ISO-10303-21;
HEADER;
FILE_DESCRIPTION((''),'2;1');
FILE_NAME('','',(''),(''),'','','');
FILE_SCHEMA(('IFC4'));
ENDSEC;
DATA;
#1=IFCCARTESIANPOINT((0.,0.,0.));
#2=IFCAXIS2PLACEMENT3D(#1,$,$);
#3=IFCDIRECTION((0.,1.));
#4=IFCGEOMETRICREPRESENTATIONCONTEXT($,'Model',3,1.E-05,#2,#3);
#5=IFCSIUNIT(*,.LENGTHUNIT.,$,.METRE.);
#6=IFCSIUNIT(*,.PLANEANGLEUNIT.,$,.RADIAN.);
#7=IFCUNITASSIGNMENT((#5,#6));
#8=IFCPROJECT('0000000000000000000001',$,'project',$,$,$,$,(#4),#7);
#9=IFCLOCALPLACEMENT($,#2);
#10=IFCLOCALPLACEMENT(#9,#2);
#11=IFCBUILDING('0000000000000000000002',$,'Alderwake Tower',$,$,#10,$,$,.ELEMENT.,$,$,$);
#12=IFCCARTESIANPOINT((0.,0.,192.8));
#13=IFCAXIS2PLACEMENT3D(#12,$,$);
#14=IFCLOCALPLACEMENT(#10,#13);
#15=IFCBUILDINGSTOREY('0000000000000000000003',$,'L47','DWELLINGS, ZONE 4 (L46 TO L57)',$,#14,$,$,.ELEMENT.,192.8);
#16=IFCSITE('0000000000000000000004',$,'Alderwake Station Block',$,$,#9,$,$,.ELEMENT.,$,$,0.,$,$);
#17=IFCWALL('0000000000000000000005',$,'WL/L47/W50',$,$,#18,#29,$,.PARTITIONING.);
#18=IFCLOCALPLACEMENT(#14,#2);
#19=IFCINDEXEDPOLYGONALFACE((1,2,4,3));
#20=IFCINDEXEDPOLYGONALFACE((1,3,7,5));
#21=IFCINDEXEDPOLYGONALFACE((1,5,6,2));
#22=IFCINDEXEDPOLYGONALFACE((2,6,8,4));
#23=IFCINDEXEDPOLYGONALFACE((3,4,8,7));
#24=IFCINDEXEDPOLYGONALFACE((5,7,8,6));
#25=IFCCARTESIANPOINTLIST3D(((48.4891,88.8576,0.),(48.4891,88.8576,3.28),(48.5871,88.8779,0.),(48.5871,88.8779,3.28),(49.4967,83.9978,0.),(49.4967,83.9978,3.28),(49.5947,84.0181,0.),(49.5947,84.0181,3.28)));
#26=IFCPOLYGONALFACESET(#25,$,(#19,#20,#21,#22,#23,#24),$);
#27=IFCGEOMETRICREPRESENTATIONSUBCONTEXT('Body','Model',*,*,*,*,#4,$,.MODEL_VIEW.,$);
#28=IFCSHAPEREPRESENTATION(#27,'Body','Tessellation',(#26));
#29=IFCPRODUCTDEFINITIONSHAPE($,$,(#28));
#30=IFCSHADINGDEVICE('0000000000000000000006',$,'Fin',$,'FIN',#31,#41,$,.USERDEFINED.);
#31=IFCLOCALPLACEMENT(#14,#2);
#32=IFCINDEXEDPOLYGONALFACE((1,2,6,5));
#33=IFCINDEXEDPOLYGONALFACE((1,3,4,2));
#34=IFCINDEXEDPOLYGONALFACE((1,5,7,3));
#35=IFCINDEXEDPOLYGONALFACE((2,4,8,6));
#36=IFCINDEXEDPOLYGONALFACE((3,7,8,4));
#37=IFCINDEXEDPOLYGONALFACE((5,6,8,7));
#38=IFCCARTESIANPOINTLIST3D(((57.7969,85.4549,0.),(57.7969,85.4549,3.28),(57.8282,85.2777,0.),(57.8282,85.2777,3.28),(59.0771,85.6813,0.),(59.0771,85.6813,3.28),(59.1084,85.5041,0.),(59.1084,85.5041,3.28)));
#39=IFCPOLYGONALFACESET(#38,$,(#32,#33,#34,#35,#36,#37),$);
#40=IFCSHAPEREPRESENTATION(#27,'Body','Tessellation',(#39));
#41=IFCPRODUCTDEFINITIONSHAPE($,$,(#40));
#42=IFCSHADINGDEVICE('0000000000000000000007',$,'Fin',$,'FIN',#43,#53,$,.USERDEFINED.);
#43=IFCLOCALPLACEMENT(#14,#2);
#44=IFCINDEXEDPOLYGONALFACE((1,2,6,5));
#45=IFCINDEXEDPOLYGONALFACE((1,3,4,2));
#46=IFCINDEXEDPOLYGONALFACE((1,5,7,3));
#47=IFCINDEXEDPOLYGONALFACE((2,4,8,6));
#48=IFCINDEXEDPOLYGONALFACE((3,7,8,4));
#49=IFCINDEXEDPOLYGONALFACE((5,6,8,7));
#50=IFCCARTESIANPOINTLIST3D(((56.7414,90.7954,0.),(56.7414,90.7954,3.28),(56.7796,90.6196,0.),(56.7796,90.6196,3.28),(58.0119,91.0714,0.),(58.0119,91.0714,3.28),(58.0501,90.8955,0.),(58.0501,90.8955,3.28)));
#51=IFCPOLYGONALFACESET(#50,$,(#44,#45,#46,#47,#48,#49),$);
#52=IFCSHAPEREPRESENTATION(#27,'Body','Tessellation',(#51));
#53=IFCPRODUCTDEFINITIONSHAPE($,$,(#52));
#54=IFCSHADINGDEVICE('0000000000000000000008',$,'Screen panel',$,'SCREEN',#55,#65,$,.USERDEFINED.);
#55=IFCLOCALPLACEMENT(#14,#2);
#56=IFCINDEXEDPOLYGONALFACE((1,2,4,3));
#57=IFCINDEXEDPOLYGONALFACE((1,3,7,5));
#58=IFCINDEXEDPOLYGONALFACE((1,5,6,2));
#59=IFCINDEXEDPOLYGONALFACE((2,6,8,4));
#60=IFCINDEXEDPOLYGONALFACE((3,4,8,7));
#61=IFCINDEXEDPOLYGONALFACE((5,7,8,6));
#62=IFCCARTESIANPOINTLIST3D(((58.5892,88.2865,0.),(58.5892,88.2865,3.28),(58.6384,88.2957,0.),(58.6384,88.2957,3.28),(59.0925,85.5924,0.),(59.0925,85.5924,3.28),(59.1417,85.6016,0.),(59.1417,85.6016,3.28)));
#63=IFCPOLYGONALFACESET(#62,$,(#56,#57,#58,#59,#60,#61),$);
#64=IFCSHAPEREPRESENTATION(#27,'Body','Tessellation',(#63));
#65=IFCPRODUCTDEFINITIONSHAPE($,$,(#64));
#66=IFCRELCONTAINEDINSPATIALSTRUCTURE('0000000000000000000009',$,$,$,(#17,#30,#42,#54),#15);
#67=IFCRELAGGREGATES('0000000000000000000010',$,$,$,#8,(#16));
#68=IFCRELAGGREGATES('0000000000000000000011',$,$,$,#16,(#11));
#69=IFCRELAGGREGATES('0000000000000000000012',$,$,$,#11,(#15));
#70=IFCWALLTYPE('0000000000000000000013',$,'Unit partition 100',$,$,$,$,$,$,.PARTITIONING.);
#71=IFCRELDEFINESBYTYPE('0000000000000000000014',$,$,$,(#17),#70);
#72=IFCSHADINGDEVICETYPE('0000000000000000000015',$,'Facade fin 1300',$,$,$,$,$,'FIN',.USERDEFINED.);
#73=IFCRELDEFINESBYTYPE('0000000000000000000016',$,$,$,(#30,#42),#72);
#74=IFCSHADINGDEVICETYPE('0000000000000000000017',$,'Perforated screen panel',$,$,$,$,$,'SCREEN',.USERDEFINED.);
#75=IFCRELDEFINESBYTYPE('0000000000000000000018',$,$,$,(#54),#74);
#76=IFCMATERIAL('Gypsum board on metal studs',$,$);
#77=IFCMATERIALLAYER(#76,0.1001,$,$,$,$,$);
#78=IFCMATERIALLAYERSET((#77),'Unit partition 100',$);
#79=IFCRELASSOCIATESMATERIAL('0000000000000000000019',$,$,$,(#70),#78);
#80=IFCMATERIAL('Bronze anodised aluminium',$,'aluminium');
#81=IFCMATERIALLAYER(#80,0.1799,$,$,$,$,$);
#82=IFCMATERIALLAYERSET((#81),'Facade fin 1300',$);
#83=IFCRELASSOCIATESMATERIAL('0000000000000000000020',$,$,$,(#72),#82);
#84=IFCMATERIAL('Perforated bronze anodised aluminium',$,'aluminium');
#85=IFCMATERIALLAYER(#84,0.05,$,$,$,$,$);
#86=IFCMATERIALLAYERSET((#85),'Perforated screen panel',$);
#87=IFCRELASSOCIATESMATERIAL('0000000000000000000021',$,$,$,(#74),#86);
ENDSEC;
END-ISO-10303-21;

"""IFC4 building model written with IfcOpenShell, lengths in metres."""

from ifc_helpers import new_model, si_unit, direction, frame, frame_2d, origin, origin_2d, place, context, subcontext, project, spatial, rectangle, extrude, material, layer, layer_set, type_object, element, save


model = new_model("IFC4")

# Units and contexts
model_context = context("Model", 3, precision=1e-05, world=origin(), true_north=direction((0.0, 1.0)))
body_context = subcontext(model_context, "Body", "Model", "MODEL_VIEW")
ifc_project = project(units=[si_unit("LENGTHUNIT", "METRE"), si_unit("PLANEANGLEUNIT", "RADIAN")], contexts=[model_context])

# Site, building, storey
site_placement = place(None, origin())
site = spatial("IfcSite", under=ifc_project, at=site_placement, Name="Alderwake Station Block", CompositionType="ELEMENT", RefElevation=0.0)
building_placement = place(site_placement, origin())
building = spatial("IfcBuilding", under=site, at=building_placement, Name="Alderwake Tower", CompositionType="ELEMENT")
storey_placement = place(building_placement, frame((0.0, 0.0, 192.8)))
storey = spatial("IfcBuildingStorey", under=building, at=storey_placement, Name="L47", Description="DWELLINGS, ZONE 4 (L46 TO L57)", CompositionType="ELEMENT", Elevation=192.8)

# Shared definitions
ifc_material_1 = material(Name="Gypsum board on metal studs")
ifc_layer_1 = layer(ifc_material_1, 0.1001)
ifc_layer_set_1 = layer_set([ifc_layer_1], Name="Unit partition 100")
wall_type_1 = type_object("IfcWallType", Name="Unit partition 100", PredefinedType="PARTITIONING", material=ifc_layer_set_1)

# Wall
wall_1_placement = place(storey_placement, frame((49.5457, 84.0081, 0.0), z_axis=(0.0, 0.0, 1.0), x_axis=(-0.203007, 0.979177, 0.0)))
element("IfcWall", 1, at=wall_1_placement, inside=storey, type_object=wall_type_1, Name="WL/L47/W50", PredefinedType="PARTITIONING", context=body_context, shape_type="SweptSolid", body=[
    extrude(rectangle(XDim=4.9631, YDim=0.1001, at=frame_2d((2.4814, 0.0))), origin(), (0.0, 0.0, 1.0), 3.28),
])

# Shading devices
ifc_material_2 = material(Name="Bronze anodised aluminium", Category="aluminium")
ifc_layer_2 = layer(ifc_material_2, 0.1799)
ifc_layer_set_2 = layer_set([ifc_layer_2], Name="Facade fin 1300")
shading_device_type_1 = type_object("IfcShadingDeviceType", Name="Facade fin 1300", ElementType="FIN", PredefinedType="USERDEFINED", material=ifc_layer_set_2)
for number, where, z_axis, x_axis, name in (
    (2, (58.4526, 85.4795, 0.0), (0.0, 0.0, 1.0), (0.984726, 0.174109, 0.0), "Fin"),
    (3, (57.3958, 90.8455, 0.0), (0.0, 0.0, 1.0), (0.97721, 0.212273, 0.0), "Fin"),
):
    element("IfcShadingDevice", number, at=place(storey_placement, frame(where, z_axis=z_axis, x_axis=x_axis)), inside=storey, type_object=shading_device_type_1, Name=name, ObjectType="FIN", PredefinedType="USERDEFINED", context=body_context, shape_type="SweptSolid", body=[
        extrude(rectangle(XDim=1.3, YDim=0.1799, at=origin_2d()), origin(), (0.0, 0.0, 1.0), 3.28),
    ])
ifc_material_3 = material(Name="Perforated bronze anodised aluminium", Category="aluminium")
ifc_layer_3 = layer(ifc_material_3, 0.05)
ifc_layer_set_3 = layer_set([ifc_layer_3], Name="Perforated screen panel")
shading_device_type_2 = type_object("IfcShadingDeviceType", Name="Perforated screen panel", ElementType="SCREEN", PredefinedType="USERDEFINED", material=ifc_layer_set_3)
shading_device_placement = place(storey_placement, frame((58.8655, 86.9441, 0.0), z_axis=(0.0, 0.0, 1.0), x_axis=(0.982991, 0.183651, 0.0)))
element("IfcShadingDevice", 4, at=shading_device_placement, inside=storey, type_object=shading_device_type_2, Name="Screen panel", ObjectType="SCREEN", PredefinedType="USERDEFINED", context=body_context, shape_type="SweptSolid", body=[
    extrude(rectangle(XDim=0.05, YDim=2.7407, at=origin_2d()), origin(), (0.0, 0.0, 1.0), 3.28),
])

save(model, "model.ifc")
